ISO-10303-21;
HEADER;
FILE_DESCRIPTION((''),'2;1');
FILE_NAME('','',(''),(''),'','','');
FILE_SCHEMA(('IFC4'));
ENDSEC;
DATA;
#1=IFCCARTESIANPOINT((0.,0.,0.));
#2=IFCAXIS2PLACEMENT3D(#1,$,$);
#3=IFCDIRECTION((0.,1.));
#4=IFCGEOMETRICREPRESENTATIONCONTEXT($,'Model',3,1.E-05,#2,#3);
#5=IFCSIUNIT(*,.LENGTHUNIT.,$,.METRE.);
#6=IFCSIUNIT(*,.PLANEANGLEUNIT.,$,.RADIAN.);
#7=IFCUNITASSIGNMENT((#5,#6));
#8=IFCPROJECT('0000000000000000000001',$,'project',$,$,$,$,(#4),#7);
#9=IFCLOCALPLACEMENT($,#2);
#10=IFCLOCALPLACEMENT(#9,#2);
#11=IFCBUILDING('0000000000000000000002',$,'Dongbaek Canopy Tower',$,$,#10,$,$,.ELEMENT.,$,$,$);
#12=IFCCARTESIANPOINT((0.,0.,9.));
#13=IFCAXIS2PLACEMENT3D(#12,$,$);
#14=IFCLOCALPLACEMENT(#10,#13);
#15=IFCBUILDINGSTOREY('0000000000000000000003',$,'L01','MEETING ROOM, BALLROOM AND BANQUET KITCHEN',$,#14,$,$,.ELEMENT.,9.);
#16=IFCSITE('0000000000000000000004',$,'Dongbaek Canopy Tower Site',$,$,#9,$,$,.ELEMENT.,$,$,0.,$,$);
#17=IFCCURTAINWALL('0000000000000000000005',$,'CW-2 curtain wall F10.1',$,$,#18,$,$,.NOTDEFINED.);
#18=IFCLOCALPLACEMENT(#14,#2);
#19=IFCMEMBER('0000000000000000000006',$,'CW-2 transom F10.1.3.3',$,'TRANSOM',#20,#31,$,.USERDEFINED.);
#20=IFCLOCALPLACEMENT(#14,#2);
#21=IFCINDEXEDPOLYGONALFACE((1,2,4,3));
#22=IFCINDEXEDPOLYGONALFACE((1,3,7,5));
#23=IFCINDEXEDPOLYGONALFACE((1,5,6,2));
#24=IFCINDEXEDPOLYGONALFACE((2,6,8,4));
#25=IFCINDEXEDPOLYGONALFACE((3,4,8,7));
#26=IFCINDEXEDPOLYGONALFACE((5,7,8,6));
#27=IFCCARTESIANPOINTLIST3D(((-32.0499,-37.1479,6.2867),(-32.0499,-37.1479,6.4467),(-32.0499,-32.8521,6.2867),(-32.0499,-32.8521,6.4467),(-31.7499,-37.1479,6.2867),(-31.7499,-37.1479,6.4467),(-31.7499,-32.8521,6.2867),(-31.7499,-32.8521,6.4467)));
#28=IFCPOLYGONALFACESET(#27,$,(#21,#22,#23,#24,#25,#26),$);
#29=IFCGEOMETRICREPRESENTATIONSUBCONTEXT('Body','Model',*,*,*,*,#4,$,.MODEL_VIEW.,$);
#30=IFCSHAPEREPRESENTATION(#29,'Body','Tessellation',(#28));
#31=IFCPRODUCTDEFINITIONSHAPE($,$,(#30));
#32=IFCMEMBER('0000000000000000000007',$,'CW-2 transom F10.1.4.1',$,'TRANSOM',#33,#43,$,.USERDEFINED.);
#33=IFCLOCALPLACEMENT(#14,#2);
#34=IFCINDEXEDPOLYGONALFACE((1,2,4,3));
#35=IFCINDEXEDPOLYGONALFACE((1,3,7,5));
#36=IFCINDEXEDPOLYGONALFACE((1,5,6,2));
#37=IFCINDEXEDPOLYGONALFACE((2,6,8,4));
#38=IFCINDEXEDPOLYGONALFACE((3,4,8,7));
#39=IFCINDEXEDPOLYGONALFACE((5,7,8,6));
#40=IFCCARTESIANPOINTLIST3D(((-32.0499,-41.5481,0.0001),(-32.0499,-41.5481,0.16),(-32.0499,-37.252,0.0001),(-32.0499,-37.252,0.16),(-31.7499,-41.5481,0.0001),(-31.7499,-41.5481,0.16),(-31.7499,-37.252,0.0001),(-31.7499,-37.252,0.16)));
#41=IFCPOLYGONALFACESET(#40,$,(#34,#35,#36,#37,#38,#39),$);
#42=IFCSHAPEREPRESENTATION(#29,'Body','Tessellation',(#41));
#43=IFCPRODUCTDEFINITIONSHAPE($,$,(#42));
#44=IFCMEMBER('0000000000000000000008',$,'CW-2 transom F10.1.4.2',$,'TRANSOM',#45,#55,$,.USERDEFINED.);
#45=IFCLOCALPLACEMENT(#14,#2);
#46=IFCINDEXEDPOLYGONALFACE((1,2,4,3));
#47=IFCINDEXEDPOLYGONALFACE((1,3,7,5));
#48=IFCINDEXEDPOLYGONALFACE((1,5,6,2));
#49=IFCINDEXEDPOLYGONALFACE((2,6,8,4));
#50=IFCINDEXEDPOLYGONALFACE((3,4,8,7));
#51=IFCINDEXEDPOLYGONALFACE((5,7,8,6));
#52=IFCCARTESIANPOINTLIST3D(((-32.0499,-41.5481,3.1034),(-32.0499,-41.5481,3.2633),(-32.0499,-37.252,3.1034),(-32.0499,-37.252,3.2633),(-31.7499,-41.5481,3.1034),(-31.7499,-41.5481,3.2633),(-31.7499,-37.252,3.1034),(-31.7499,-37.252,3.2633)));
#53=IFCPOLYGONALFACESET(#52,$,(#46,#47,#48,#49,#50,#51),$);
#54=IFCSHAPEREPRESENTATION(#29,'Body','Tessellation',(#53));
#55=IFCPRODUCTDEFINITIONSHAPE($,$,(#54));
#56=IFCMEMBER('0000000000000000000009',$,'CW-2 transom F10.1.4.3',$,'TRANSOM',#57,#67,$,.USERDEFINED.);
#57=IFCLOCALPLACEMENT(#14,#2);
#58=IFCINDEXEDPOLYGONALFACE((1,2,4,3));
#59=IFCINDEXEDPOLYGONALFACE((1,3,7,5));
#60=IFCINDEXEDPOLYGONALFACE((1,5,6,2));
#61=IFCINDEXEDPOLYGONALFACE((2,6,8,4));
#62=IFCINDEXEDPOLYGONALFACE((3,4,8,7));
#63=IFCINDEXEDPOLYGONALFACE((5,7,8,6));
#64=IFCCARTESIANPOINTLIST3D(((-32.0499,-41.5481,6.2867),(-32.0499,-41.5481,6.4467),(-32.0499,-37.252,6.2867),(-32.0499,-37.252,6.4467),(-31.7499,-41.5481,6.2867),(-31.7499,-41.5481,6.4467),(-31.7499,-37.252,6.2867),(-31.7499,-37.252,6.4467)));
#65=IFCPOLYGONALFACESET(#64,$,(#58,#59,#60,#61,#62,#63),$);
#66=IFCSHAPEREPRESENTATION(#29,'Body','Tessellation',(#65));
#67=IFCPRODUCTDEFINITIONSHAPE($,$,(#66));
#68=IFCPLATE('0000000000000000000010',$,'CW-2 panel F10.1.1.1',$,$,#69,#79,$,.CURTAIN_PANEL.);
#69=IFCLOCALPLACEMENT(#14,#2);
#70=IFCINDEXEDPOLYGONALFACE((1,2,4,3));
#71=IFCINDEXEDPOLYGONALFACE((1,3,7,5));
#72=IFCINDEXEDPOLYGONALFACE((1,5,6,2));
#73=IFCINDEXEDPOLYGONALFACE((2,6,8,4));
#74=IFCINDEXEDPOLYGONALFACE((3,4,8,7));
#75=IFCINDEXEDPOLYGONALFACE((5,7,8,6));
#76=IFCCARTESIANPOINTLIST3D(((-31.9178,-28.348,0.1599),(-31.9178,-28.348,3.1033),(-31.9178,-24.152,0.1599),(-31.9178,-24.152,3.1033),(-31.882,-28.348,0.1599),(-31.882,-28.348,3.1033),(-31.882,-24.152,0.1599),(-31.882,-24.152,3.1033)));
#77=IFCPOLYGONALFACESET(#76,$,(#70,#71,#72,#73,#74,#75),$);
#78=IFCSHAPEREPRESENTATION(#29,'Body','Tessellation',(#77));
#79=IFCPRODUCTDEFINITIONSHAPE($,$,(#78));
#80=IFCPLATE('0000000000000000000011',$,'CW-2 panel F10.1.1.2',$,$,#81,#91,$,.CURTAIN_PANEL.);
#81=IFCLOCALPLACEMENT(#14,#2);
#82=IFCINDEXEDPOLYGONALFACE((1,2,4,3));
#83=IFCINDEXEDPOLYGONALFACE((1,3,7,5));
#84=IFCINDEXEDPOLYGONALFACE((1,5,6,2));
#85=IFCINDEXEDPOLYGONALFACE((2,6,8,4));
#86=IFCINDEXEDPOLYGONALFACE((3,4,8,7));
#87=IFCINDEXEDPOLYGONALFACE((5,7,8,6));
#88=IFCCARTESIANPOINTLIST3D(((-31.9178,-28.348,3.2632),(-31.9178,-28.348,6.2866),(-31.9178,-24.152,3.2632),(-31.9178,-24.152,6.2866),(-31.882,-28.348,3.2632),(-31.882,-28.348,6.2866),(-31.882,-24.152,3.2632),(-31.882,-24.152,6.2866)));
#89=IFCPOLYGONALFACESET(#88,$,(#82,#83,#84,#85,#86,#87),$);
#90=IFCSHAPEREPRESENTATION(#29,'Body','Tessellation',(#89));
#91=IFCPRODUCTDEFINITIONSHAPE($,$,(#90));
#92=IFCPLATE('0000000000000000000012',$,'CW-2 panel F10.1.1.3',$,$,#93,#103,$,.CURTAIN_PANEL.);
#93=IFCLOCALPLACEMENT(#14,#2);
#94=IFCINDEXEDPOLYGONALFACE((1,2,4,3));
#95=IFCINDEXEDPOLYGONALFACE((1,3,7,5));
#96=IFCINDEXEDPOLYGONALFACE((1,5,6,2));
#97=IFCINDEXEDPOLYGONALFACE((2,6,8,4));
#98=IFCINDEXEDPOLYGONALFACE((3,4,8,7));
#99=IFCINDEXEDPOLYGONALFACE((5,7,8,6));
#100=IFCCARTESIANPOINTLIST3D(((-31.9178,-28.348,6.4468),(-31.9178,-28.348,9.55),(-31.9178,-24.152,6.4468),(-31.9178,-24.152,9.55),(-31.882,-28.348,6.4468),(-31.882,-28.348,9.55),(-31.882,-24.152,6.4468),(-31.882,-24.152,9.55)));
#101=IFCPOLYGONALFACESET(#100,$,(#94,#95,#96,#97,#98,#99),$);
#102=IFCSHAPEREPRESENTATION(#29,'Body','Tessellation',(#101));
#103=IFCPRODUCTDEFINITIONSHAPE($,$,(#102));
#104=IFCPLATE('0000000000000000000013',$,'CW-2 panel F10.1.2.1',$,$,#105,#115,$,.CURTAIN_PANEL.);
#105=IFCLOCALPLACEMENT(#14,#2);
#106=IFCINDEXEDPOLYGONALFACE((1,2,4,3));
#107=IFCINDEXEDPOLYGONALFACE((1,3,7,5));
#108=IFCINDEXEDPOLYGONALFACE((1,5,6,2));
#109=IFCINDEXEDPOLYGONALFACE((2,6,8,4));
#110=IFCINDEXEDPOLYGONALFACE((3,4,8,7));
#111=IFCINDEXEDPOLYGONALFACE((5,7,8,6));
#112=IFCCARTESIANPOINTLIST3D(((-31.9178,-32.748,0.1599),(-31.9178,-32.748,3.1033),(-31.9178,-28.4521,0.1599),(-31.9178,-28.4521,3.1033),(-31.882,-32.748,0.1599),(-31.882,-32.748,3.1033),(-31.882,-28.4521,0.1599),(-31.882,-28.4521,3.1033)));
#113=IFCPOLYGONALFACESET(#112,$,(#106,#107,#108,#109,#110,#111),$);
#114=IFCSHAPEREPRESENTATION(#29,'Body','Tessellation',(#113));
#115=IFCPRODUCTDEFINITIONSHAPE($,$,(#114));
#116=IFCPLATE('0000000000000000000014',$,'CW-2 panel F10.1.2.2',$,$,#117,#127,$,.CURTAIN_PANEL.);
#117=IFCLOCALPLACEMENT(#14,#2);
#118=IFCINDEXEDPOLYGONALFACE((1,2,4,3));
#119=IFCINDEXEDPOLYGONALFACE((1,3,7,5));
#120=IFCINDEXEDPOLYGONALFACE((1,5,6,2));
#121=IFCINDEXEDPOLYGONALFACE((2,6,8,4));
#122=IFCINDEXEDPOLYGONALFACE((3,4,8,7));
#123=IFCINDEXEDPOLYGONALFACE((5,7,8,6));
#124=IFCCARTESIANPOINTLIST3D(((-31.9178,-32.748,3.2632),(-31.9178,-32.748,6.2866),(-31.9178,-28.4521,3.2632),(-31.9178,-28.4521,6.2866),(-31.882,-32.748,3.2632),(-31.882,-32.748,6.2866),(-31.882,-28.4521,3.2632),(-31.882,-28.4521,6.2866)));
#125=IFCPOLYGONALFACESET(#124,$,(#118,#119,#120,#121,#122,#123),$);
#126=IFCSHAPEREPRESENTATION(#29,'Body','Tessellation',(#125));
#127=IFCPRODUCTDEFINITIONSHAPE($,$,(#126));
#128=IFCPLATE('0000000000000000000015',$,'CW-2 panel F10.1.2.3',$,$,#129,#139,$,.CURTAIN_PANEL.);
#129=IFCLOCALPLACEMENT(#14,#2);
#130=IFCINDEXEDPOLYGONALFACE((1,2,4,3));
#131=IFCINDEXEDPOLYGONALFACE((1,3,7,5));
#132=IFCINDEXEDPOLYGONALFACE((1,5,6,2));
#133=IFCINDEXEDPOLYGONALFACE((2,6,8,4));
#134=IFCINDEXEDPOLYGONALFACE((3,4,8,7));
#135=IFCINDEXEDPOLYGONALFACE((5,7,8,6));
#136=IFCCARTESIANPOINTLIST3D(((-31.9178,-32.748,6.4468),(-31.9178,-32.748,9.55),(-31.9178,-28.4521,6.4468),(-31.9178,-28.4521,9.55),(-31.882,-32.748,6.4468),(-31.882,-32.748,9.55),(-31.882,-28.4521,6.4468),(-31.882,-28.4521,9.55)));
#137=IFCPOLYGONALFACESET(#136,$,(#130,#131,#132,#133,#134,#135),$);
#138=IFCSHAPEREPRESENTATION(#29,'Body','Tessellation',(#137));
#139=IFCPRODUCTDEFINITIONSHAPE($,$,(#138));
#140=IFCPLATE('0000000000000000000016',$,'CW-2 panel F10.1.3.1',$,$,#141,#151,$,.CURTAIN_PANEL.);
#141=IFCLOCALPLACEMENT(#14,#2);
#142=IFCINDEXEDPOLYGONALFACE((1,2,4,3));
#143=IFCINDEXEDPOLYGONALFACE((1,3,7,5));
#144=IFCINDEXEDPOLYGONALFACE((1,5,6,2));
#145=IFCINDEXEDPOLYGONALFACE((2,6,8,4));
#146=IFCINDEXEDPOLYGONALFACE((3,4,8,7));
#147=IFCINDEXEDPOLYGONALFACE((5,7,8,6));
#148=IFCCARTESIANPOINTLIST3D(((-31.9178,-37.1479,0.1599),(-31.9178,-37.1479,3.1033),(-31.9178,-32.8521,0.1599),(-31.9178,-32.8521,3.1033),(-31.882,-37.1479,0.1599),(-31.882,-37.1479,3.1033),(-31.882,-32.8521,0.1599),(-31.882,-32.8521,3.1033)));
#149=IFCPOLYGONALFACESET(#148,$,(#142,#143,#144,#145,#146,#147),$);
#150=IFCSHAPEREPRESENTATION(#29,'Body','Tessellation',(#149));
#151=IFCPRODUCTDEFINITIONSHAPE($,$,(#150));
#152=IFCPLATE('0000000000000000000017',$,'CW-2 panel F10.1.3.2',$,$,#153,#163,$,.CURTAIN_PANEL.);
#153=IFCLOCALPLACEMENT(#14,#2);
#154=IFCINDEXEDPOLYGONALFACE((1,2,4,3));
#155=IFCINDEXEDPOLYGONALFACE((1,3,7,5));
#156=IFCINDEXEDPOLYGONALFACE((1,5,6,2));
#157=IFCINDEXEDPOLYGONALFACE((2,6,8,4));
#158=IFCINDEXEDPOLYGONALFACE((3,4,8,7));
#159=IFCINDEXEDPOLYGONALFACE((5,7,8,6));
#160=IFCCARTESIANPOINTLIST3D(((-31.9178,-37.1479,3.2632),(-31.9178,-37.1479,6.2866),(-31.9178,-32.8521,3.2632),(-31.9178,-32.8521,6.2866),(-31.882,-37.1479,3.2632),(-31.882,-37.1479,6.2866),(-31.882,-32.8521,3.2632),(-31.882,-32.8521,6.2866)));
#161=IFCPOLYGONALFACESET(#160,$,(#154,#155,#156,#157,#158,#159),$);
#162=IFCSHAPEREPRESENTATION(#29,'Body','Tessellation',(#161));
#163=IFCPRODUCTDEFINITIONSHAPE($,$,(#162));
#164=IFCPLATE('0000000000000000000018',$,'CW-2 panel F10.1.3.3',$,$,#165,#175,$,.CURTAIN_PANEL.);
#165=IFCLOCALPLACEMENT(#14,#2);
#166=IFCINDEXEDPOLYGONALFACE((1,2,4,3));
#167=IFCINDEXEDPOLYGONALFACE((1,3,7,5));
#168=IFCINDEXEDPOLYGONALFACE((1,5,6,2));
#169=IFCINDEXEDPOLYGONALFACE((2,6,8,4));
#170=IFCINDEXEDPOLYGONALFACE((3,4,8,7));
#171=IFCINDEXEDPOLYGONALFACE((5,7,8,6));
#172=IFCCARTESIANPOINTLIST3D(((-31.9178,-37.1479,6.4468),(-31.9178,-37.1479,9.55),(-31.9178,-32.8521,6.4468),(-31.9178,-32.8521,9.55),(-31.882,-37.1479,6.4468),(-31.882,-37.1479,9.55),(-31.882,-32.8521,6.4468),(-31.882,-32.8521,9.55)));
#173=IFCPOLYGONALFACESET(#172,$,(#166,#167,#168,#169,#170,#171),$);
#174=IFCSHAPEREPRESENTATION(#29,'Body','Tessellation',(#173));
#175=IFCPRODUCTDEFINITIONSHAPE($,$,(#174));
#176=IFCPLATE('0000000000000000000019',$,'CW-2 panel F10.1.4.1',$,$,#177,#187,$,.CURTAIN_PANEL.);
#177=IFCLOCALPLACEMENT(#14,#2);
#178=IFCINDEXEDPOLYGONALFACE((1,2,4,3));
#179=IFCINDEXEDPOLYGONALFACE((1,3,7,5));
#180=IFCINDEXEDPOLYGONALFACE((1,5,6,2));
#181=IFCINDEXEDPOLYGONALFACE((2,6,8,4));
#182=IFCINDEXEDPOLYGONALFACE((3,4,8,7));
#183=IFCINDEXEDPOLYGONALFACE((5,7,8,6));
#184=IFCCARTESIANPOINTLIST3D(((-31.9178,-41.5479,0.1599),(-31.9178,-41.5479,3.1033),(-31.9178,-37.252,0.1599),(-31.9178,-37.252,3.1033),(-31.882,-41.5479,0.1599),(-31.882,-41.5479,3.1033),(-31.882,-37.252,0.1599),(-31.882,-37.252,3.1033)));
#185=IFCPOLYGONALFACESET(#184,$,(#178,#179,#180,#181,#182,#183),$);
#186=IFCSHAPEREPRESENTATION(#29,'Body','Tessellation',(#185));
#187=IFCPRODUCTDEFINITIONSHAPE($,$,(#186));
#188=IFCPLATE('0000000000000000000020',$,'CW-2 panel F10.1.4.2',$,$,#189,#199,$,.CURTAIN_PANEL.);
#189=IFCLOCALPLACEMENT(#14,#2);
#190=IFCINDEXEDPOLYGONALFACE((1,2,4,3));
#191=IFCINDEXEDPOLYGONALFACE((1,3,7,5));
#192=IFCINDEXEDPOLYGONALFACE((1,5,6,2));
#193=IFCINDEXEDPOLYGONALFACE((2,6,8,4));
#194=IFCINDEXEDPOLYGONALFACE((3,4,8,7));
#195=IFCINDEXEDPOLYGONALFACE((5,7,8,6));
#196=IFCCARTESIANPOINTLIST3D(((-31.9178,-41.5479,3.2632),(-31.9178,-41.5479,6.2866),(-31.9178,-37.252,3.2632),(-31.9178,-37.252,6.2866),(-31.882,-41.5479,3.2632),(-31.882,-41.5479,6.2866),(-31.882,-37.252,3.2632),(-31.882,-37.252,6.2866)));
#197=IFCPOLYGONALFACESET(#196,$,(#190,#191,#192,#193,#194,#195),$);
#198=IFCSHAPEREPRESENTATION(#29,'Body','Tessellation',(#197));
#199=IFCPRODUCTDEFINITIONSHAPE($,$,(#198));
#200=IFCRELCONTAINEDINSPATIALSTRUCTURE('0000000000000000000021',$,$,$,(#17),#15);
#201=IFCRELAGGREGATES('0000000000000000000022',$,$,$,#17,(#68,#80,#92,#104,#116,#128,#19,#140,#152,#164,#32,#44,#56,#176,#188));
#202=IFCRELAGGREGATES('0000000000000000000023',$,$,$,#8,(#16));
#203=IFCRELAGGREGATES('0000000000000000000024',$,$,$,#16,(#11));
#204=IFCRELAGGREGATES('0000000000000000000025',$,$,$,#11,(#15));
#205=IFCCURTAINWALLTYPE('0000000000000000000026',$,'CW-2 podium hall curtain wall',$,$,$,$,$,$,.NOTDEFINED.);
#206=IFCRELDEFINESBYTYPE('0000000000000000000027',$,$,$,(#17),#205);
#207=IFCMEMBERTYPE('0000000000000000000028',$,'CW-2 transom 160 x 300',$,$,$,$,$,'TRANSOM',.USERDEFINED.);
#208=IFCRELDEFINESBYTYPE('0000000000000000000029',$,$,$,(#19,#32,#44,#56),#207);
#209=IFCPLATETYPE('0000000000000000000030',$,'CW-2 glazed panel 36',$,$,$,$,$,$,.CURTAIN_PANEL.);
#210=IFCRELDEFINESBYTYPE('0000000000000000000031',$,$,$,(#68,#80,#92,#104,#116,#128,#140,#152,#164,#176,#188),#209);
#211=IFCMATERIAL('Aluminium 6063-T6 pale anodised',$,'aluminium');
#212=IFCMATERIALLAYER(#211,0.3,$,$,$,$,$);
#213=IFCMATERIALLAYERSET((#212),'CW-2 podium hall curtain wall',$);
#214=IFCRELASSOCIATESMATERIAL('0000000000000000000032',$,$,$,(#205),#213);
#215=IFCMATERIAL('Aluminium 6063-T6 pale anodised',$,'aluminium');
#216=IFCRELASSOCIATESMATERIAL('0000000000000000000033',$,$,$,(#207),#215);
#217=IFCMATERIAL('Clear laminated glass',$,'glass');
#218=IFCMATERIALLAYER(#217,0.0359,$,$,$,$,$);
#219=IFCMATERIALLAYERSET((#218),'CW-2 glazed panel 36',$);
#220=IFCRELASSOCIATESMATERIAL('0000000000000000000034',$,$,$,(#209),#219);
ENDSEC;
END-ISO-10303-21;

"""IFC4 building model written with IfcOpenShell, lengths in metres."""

from ifc_helpers import new_model, si_unit, direction, frame, origin, origin_2d, place, context, subcontext, project, spatial, rectangle, extrude, material, layer, layer_set, material_profile, profile_set, type_object, element, aggregate, save


model = new_model("IFC4")

# Units and contexts
model_context = context("Model", 3, precision=1e-05, world=origin(), true_north=direction((0.0, 1.0)))
body_context = subcontext(model_context, "Body", "Model", "MODEL_VIEW")
ifc_project = project(units=[si_unit("LENGTHUNIT", "METRE"), si_unit("PLANEANGLEUNIT", "RADIAN")], contexts=[model_context])

# Site, building, storey
site_placement = place(None, origin())
site = spatial("IfcSite", under=ifc_project, at=site_placement, Name="Dongbaek Canopy Tower Site", CompositionType="ELEMENT", RefElevation=0.0)
building_placement = place(site_placement, origin())
building = spatial("IfcBuilding", under=site, at=building_placement, Name="Dongbaek Canopy Tower", CompositionType="ELEMENT")
storey_placement = place(building_placement, frame((0.0, 0.0, 9.0)))
storey = spatial("IfcBuildingStorey", under=building, at=storey_placement, Name="L01", Description="MEETING ROOM, BALLROOM AND BANQUET KITCHEN", CompositionType="ELEMENT", Elevation=9.0)

# Curtain wall, members, plates
ifc_material_1 = material(Name="Aluminium 6063-T6 pale anodised", Category="aluminium")
ifc_layer_1 = layer(ifc_material_1, 0.3)
ifc_layer_set_1 = layer_set([ifc_layer_1], Name="CW-2 podium hall curtain wall")
curtain_wall_type = type_object("IfcCurtainWallType", Name="CW-2 podium hall curtain wall", PredefinedType="NOTDEFINED", material=ifc_layer_set_1)
curtain_wall_placement = place(storey_placement, origin())
curtain_wall = element("IfcCurtainWall", 1, at=curtain_wall_placement, inside=storey, type_object=curtain_wall_type, Name="CW-2 curtain wall F10.1", PredefinedType="NOTDEFINED")
ifc_material_2 = material(Name="Aluminium 6063-T6 pale anodised", Category="aluminium")
ifc_material_profile_1 = material_profile(ifc_material_2, rectangle(XDim=0.3, YDim=0.1599, at=origin_2d()), Name="CW-2 transom 160 x 300")
ifc_profile_set_1 = profile_set([ifc_material_profile_1], Name="Aluminium 6063-T6 pale anodised")
member_type_1 = type_object("IfcMemberType", Name="CW-2 transom 160 x 300", ElementType="TRANSOM", PredefinedType="USERDEFINED", material=ifc_profile_set_1)
member_1_placement = place(storey_placement, frame((-31.8999, -32.8521, 6.3667), z_axis=(0.0, -1.0, 0.0), x_axis=(1.0, 0.0, 0.0)))
member_1 = element("IfcMember", 2, at=member_1_placement, type_object=member_type_1, Name="CW-2 transom F10.1.3.3", ObjectType="TRANSOM", PredefinedType="USERDEFINED", context=body_context, shape_type="SweptSolid", body=[
    extrude(rectangle(XDim=0.3, YDim=0.1599, at=origin_2d()), origin(), (0.0, 0.0, 1.0), 4.2959),
])
member_2_placement = place(storey_placement, frame((-31.8999, -37.252, 0.0801), z_axis=(0.0, -1.0, 0.0), x_axis=(1.0, 0.0, 0.0)))
member_2 = element("IfcMember", 3, at=member_2_placement, type_object=member_type_1, Name="CW-2 transom F10.1.4.1", ObjectType="TRANSOM", PredefinedType="USERDEFINED", context=body_context, shape_type="SweptSolid", body=[
    extrude(rectangle(XDim=0.3, YDim=0.1599, at=origin_2d()), origin(), (0.0, 0.0, 1.0), 4.2961),
])
member_3_placement = place(storey_placement, frame((-31.8999, -37.252, 3.1833), z_axis=(0.0, -1.0, 0.0), x_axis=(1.0, 0.0, 0.0)))
member_3 = element("IfcMember", 4, at=member_3_placement, type_object=member_type_1, Name="CW-2 transom F10.1.4.2", ObjectType="TRANSOM", PredefinedType="USERDEFINED", context=body_context, shape_type="SweptSolid", body=[
    extrude(rectangle(XDim=0.3, YDim=0.1599, at=origin_2d()), origin(), (0.0, 0.0, 1.0), 4.2961),
])
member_4_placement = place(storey_placement, frame((-31.8999, -37.252, 6.3667), z_axis=(0.0, -1.0, 0.0), x_axis=(1.0, 0.0, 0.0)))
member_4 = element("IfcMember", 5, at=member_4_placement, type_object=member_type_1, Name="CW-2 transom F10.1.4.3", ObjectType="TRANSOM", PredefinedType="USERDEFINED", context=body_context, shape_type="SweptSolid", body=[
    extrude(rectangle(XDim=0.3, YDim=0.1599, at=origin_2d()), origin(), (0.0, 0.0, 1.0), 4.2961),
])
ifc_material_3 = material(Name="Clear laminated glass", Category="glass")
ifc_layer_2 = layer(ifc_material_3, 0.0359)
ifc_layer_set_2 = layer_set([ifc_layer_2], Name="CW-2 glazed panel 36")
plate_type = type_object("IfcPlateType", Name="CW-2 glazed panel 36", PredefinedType="CURTAIN_PANEL", material=ifc_layer_set_2)
plate_1_placement = place(storey_placement, frame((-31.8999, -26.25, 0.1599), z_axis=(0.0, 0.0, 1.0), x_axis=(0.0, -1.0, 0.0)))
plate_1 = element("IfcPlate", 6, at=plate_1_placement, type_object=plate_type, Name="CW-2 panel F10.1.1.1", PredefinedType="CURTAIN_PANEL", context=body_context, shape_type="SweptSolid", body=[
    extrude(rectangle(XDim=4.196, YDim=0.0359, at=origin_2d()), origin(), (0.0, 0.0, 1.0), 2.9434),
])
plate_2_placement = place(storey_placement, frame((-31.8999, -26.25, 3.2632), z_axis=(0.0, 0.0, 1.0), x_axis=(0.0, -1.0, 0.0)))
plate_2 = element("IfcPlate", 7, at=plate_2_placement, type_object=plate_type, Name="CW-2 panel F10.1.1.2", PredefinedType="CURTAIN_PANEL", context=body_context, shape_type="SweptSolid", body=[
    extrude(rectangle(XDim=4.196, YDim=0.0359, at=origin_2d()), origin(), (0.0, 0.0, 1.0), 3.0234),
])
plate_3_placement = place(storey_placement, frame((-31.8999, -26.25, 6.4468), z_axis=(0.0, 0.0, 1.0), x_axis=(0.0, -1.0, 0.0)))
plate_3 = element("IfcPlate", 8, at=plate_3_placement, type_object=plate_type, Name="CW-2 panel F10.1.1.3", PredefinedType="CURTAIN_PANEL", context=body_context, shape_type="SweptSolid", body=[
    extrude(rectangle(XDim=4.196, YDim=0.0359, at=origin_2d()), origin(), (0.0, 0.0, 1.0), 3.1033),
])
plate_4_placement = place(storey_placement, frame((-31.8999, -30.6001, 0.1599), z_axis=(0.0, 0.0, 1.0), x_axis=(0.0, -1.0, 0.0)))
plate_4 = element("IfcPlate", 9, at=plate_4_placement, type_object=plate_type, Name="CW-2 panel F10.1.2.1", PredefinedType="CURTAIN_PANEL", context=body_context, shape_type="SweptSolid", body=[
    extrude(rectangle(XDim=4.2959, YDim=0.0359, at=origin_2d()), origin(), (0.0, 0.0, 1.0), 2.9434),
])
plate_5_placement = place(storey_placement, frame((-31.8999, -30.6001, 3.2632), z_axis=(0.0, 0.0, 1.0), x_axis=(0.0, -1.0, 0.0)))
plate_5 = element("IfcPlate", 10, at=plate_5_placement, type_object=plate_type, Name="CW-2 panel F10.1.2.2", PredefinedType="CURTAIN_PANEL", context=body_context, shape_type="SweptSolid", body=[
    extrude(rectangle(XDim=4.2959, YDim=0.0359, at=origin_2d()), origin(), (0.0, 0.0, 1.0), 3.0234),
])
plate_6_placement = place(storey_placement, frame((-31.8999, -30.6001, 6.4468), z_axis=(0.0, 0.0, 1.0), x_axis=(0.0, -1.0, 0.0)))
plate_6 = element("IfcPlate", 11, at=plate_6_placement, type_object=plate_type, Name="CW-2 panel F10.1.2.3", PredefinedType="CURTAIN_PANEL", context=body_context, shape_type="SweptSolid", body=[
    extrude(rectangle(XDim=4.2959, YDim=0.0359, at=origin_2d()), origin(), (0.0, 0.0, 1.0), 3.1033),
])
plate_7_placement = place(storey_placement, frame((-31.8999, -35.0, 0.1599), z_axis=(0.0, 0.0, 1.0), x_axis=(0.0, -1.0, 0.0)))
plate_7 = element("IfcPlate", 12, at=plate_7_placement, type_object=plate_type, Name="CW-2 panel F10.1.3.1", PredefinedType="CURTAIN_PANEL", context=body_context, shape_type="SweptSolid", body=[
    extrude(rectangle(XDim=4.2959, YDim=0.0359, at=origin_2d()), origin(), (0.0, 0.0, 1.0), 2.9434),
])
plate_8_placement = place(storey_placement, frame((-31.8999, -35.0, 3.2632), z_axis=(0.0, 0.0, 1.0), x_axis=(0.0, -1.0, 0.0)))
plate_8 = element("IfcPlate", 13, at=plate_8_placement, type_object=plate_type, Name="CW-2 panel F10.1.3.2", PredefinedType="CURTAIN_PANEL", context=body_context, shape_type="SweptSolid", body=[
    extrude(rectangle(XDim=4.2959, YDim=0.0359, at=origin_2d()), origin(), (0.0, 0.0, 1.0), 3.0234),
])
plate_9_placement = place(storey_placement, frame((-31.8999, -35.0, 6.4468), z_axis=(0.0, 0.0, 1.0), x_axis=(0.0, -1.0, 0.0)))
plate_9 = element("IfcPlate", 14, at=plate_9_placement, type_object=plate_type, Name="CW-2 panel F10.1.3.3", PredefinedType="CURTAIN_PANEL", context=body_context, shape_type="SweptSolid", body=[
    extrude(rectangle(XDim=4.2959, YDim=0.0359, at=origin_2d()), origin(), (0.0, 0.0, 1.0), 3.1033),
])
plate_10_placement = place(storey_placement, frame((-31.8999, -39.3999, 0.1599), z_axis=(0.0, 0.0, 1.0), x_axis=(0.0, -1.0, 0.0)))
plate_10 = element("IfcPlate", 15, at=plate_10_placement, type_object=plate_type, Name="CW-2 panel F10.1.4.1", PredefinedType="CURTAIN_PANEL", context=body_context, shape_type="SweptSolid", body=[
    extrude(rectangle(XDim=4.2959, YDim=0.0359, at=origin_2d()), origin(), (0.0, 0.0, 1.0), 2.9434),
])
plate_11_placement = place(storey_placement, frame((-31.8999, -39.3999, 3.2632), z_axis=(0.0, 0.0, 1.0), x_axis=(0.0, -1.0, 0.0)))
plate_11 = element("IfcPlate", 16, at=plate_11_placement, type_object=plate_type, Name="CW-2 panel F10.1.4.2", PredefinedType="CURTAIN_PANEL", context=body_context, shape_type="SweptSolid", body=[
    extrude(rectangle(XDim=4.2959, YDim=0.0359, at=origin_2d()), origin(), (0.0, 0.0, 1.0), 3.0234),
])
aggregate(curtain_wall, [plate_1, plate_2, plate_3, plate_4, plate_5, plate_6, member_1, plate_7, plate_8, plate_9, member_2, member_3, member_4, plate_10, plate_11])

save(model, "model.ifc")
